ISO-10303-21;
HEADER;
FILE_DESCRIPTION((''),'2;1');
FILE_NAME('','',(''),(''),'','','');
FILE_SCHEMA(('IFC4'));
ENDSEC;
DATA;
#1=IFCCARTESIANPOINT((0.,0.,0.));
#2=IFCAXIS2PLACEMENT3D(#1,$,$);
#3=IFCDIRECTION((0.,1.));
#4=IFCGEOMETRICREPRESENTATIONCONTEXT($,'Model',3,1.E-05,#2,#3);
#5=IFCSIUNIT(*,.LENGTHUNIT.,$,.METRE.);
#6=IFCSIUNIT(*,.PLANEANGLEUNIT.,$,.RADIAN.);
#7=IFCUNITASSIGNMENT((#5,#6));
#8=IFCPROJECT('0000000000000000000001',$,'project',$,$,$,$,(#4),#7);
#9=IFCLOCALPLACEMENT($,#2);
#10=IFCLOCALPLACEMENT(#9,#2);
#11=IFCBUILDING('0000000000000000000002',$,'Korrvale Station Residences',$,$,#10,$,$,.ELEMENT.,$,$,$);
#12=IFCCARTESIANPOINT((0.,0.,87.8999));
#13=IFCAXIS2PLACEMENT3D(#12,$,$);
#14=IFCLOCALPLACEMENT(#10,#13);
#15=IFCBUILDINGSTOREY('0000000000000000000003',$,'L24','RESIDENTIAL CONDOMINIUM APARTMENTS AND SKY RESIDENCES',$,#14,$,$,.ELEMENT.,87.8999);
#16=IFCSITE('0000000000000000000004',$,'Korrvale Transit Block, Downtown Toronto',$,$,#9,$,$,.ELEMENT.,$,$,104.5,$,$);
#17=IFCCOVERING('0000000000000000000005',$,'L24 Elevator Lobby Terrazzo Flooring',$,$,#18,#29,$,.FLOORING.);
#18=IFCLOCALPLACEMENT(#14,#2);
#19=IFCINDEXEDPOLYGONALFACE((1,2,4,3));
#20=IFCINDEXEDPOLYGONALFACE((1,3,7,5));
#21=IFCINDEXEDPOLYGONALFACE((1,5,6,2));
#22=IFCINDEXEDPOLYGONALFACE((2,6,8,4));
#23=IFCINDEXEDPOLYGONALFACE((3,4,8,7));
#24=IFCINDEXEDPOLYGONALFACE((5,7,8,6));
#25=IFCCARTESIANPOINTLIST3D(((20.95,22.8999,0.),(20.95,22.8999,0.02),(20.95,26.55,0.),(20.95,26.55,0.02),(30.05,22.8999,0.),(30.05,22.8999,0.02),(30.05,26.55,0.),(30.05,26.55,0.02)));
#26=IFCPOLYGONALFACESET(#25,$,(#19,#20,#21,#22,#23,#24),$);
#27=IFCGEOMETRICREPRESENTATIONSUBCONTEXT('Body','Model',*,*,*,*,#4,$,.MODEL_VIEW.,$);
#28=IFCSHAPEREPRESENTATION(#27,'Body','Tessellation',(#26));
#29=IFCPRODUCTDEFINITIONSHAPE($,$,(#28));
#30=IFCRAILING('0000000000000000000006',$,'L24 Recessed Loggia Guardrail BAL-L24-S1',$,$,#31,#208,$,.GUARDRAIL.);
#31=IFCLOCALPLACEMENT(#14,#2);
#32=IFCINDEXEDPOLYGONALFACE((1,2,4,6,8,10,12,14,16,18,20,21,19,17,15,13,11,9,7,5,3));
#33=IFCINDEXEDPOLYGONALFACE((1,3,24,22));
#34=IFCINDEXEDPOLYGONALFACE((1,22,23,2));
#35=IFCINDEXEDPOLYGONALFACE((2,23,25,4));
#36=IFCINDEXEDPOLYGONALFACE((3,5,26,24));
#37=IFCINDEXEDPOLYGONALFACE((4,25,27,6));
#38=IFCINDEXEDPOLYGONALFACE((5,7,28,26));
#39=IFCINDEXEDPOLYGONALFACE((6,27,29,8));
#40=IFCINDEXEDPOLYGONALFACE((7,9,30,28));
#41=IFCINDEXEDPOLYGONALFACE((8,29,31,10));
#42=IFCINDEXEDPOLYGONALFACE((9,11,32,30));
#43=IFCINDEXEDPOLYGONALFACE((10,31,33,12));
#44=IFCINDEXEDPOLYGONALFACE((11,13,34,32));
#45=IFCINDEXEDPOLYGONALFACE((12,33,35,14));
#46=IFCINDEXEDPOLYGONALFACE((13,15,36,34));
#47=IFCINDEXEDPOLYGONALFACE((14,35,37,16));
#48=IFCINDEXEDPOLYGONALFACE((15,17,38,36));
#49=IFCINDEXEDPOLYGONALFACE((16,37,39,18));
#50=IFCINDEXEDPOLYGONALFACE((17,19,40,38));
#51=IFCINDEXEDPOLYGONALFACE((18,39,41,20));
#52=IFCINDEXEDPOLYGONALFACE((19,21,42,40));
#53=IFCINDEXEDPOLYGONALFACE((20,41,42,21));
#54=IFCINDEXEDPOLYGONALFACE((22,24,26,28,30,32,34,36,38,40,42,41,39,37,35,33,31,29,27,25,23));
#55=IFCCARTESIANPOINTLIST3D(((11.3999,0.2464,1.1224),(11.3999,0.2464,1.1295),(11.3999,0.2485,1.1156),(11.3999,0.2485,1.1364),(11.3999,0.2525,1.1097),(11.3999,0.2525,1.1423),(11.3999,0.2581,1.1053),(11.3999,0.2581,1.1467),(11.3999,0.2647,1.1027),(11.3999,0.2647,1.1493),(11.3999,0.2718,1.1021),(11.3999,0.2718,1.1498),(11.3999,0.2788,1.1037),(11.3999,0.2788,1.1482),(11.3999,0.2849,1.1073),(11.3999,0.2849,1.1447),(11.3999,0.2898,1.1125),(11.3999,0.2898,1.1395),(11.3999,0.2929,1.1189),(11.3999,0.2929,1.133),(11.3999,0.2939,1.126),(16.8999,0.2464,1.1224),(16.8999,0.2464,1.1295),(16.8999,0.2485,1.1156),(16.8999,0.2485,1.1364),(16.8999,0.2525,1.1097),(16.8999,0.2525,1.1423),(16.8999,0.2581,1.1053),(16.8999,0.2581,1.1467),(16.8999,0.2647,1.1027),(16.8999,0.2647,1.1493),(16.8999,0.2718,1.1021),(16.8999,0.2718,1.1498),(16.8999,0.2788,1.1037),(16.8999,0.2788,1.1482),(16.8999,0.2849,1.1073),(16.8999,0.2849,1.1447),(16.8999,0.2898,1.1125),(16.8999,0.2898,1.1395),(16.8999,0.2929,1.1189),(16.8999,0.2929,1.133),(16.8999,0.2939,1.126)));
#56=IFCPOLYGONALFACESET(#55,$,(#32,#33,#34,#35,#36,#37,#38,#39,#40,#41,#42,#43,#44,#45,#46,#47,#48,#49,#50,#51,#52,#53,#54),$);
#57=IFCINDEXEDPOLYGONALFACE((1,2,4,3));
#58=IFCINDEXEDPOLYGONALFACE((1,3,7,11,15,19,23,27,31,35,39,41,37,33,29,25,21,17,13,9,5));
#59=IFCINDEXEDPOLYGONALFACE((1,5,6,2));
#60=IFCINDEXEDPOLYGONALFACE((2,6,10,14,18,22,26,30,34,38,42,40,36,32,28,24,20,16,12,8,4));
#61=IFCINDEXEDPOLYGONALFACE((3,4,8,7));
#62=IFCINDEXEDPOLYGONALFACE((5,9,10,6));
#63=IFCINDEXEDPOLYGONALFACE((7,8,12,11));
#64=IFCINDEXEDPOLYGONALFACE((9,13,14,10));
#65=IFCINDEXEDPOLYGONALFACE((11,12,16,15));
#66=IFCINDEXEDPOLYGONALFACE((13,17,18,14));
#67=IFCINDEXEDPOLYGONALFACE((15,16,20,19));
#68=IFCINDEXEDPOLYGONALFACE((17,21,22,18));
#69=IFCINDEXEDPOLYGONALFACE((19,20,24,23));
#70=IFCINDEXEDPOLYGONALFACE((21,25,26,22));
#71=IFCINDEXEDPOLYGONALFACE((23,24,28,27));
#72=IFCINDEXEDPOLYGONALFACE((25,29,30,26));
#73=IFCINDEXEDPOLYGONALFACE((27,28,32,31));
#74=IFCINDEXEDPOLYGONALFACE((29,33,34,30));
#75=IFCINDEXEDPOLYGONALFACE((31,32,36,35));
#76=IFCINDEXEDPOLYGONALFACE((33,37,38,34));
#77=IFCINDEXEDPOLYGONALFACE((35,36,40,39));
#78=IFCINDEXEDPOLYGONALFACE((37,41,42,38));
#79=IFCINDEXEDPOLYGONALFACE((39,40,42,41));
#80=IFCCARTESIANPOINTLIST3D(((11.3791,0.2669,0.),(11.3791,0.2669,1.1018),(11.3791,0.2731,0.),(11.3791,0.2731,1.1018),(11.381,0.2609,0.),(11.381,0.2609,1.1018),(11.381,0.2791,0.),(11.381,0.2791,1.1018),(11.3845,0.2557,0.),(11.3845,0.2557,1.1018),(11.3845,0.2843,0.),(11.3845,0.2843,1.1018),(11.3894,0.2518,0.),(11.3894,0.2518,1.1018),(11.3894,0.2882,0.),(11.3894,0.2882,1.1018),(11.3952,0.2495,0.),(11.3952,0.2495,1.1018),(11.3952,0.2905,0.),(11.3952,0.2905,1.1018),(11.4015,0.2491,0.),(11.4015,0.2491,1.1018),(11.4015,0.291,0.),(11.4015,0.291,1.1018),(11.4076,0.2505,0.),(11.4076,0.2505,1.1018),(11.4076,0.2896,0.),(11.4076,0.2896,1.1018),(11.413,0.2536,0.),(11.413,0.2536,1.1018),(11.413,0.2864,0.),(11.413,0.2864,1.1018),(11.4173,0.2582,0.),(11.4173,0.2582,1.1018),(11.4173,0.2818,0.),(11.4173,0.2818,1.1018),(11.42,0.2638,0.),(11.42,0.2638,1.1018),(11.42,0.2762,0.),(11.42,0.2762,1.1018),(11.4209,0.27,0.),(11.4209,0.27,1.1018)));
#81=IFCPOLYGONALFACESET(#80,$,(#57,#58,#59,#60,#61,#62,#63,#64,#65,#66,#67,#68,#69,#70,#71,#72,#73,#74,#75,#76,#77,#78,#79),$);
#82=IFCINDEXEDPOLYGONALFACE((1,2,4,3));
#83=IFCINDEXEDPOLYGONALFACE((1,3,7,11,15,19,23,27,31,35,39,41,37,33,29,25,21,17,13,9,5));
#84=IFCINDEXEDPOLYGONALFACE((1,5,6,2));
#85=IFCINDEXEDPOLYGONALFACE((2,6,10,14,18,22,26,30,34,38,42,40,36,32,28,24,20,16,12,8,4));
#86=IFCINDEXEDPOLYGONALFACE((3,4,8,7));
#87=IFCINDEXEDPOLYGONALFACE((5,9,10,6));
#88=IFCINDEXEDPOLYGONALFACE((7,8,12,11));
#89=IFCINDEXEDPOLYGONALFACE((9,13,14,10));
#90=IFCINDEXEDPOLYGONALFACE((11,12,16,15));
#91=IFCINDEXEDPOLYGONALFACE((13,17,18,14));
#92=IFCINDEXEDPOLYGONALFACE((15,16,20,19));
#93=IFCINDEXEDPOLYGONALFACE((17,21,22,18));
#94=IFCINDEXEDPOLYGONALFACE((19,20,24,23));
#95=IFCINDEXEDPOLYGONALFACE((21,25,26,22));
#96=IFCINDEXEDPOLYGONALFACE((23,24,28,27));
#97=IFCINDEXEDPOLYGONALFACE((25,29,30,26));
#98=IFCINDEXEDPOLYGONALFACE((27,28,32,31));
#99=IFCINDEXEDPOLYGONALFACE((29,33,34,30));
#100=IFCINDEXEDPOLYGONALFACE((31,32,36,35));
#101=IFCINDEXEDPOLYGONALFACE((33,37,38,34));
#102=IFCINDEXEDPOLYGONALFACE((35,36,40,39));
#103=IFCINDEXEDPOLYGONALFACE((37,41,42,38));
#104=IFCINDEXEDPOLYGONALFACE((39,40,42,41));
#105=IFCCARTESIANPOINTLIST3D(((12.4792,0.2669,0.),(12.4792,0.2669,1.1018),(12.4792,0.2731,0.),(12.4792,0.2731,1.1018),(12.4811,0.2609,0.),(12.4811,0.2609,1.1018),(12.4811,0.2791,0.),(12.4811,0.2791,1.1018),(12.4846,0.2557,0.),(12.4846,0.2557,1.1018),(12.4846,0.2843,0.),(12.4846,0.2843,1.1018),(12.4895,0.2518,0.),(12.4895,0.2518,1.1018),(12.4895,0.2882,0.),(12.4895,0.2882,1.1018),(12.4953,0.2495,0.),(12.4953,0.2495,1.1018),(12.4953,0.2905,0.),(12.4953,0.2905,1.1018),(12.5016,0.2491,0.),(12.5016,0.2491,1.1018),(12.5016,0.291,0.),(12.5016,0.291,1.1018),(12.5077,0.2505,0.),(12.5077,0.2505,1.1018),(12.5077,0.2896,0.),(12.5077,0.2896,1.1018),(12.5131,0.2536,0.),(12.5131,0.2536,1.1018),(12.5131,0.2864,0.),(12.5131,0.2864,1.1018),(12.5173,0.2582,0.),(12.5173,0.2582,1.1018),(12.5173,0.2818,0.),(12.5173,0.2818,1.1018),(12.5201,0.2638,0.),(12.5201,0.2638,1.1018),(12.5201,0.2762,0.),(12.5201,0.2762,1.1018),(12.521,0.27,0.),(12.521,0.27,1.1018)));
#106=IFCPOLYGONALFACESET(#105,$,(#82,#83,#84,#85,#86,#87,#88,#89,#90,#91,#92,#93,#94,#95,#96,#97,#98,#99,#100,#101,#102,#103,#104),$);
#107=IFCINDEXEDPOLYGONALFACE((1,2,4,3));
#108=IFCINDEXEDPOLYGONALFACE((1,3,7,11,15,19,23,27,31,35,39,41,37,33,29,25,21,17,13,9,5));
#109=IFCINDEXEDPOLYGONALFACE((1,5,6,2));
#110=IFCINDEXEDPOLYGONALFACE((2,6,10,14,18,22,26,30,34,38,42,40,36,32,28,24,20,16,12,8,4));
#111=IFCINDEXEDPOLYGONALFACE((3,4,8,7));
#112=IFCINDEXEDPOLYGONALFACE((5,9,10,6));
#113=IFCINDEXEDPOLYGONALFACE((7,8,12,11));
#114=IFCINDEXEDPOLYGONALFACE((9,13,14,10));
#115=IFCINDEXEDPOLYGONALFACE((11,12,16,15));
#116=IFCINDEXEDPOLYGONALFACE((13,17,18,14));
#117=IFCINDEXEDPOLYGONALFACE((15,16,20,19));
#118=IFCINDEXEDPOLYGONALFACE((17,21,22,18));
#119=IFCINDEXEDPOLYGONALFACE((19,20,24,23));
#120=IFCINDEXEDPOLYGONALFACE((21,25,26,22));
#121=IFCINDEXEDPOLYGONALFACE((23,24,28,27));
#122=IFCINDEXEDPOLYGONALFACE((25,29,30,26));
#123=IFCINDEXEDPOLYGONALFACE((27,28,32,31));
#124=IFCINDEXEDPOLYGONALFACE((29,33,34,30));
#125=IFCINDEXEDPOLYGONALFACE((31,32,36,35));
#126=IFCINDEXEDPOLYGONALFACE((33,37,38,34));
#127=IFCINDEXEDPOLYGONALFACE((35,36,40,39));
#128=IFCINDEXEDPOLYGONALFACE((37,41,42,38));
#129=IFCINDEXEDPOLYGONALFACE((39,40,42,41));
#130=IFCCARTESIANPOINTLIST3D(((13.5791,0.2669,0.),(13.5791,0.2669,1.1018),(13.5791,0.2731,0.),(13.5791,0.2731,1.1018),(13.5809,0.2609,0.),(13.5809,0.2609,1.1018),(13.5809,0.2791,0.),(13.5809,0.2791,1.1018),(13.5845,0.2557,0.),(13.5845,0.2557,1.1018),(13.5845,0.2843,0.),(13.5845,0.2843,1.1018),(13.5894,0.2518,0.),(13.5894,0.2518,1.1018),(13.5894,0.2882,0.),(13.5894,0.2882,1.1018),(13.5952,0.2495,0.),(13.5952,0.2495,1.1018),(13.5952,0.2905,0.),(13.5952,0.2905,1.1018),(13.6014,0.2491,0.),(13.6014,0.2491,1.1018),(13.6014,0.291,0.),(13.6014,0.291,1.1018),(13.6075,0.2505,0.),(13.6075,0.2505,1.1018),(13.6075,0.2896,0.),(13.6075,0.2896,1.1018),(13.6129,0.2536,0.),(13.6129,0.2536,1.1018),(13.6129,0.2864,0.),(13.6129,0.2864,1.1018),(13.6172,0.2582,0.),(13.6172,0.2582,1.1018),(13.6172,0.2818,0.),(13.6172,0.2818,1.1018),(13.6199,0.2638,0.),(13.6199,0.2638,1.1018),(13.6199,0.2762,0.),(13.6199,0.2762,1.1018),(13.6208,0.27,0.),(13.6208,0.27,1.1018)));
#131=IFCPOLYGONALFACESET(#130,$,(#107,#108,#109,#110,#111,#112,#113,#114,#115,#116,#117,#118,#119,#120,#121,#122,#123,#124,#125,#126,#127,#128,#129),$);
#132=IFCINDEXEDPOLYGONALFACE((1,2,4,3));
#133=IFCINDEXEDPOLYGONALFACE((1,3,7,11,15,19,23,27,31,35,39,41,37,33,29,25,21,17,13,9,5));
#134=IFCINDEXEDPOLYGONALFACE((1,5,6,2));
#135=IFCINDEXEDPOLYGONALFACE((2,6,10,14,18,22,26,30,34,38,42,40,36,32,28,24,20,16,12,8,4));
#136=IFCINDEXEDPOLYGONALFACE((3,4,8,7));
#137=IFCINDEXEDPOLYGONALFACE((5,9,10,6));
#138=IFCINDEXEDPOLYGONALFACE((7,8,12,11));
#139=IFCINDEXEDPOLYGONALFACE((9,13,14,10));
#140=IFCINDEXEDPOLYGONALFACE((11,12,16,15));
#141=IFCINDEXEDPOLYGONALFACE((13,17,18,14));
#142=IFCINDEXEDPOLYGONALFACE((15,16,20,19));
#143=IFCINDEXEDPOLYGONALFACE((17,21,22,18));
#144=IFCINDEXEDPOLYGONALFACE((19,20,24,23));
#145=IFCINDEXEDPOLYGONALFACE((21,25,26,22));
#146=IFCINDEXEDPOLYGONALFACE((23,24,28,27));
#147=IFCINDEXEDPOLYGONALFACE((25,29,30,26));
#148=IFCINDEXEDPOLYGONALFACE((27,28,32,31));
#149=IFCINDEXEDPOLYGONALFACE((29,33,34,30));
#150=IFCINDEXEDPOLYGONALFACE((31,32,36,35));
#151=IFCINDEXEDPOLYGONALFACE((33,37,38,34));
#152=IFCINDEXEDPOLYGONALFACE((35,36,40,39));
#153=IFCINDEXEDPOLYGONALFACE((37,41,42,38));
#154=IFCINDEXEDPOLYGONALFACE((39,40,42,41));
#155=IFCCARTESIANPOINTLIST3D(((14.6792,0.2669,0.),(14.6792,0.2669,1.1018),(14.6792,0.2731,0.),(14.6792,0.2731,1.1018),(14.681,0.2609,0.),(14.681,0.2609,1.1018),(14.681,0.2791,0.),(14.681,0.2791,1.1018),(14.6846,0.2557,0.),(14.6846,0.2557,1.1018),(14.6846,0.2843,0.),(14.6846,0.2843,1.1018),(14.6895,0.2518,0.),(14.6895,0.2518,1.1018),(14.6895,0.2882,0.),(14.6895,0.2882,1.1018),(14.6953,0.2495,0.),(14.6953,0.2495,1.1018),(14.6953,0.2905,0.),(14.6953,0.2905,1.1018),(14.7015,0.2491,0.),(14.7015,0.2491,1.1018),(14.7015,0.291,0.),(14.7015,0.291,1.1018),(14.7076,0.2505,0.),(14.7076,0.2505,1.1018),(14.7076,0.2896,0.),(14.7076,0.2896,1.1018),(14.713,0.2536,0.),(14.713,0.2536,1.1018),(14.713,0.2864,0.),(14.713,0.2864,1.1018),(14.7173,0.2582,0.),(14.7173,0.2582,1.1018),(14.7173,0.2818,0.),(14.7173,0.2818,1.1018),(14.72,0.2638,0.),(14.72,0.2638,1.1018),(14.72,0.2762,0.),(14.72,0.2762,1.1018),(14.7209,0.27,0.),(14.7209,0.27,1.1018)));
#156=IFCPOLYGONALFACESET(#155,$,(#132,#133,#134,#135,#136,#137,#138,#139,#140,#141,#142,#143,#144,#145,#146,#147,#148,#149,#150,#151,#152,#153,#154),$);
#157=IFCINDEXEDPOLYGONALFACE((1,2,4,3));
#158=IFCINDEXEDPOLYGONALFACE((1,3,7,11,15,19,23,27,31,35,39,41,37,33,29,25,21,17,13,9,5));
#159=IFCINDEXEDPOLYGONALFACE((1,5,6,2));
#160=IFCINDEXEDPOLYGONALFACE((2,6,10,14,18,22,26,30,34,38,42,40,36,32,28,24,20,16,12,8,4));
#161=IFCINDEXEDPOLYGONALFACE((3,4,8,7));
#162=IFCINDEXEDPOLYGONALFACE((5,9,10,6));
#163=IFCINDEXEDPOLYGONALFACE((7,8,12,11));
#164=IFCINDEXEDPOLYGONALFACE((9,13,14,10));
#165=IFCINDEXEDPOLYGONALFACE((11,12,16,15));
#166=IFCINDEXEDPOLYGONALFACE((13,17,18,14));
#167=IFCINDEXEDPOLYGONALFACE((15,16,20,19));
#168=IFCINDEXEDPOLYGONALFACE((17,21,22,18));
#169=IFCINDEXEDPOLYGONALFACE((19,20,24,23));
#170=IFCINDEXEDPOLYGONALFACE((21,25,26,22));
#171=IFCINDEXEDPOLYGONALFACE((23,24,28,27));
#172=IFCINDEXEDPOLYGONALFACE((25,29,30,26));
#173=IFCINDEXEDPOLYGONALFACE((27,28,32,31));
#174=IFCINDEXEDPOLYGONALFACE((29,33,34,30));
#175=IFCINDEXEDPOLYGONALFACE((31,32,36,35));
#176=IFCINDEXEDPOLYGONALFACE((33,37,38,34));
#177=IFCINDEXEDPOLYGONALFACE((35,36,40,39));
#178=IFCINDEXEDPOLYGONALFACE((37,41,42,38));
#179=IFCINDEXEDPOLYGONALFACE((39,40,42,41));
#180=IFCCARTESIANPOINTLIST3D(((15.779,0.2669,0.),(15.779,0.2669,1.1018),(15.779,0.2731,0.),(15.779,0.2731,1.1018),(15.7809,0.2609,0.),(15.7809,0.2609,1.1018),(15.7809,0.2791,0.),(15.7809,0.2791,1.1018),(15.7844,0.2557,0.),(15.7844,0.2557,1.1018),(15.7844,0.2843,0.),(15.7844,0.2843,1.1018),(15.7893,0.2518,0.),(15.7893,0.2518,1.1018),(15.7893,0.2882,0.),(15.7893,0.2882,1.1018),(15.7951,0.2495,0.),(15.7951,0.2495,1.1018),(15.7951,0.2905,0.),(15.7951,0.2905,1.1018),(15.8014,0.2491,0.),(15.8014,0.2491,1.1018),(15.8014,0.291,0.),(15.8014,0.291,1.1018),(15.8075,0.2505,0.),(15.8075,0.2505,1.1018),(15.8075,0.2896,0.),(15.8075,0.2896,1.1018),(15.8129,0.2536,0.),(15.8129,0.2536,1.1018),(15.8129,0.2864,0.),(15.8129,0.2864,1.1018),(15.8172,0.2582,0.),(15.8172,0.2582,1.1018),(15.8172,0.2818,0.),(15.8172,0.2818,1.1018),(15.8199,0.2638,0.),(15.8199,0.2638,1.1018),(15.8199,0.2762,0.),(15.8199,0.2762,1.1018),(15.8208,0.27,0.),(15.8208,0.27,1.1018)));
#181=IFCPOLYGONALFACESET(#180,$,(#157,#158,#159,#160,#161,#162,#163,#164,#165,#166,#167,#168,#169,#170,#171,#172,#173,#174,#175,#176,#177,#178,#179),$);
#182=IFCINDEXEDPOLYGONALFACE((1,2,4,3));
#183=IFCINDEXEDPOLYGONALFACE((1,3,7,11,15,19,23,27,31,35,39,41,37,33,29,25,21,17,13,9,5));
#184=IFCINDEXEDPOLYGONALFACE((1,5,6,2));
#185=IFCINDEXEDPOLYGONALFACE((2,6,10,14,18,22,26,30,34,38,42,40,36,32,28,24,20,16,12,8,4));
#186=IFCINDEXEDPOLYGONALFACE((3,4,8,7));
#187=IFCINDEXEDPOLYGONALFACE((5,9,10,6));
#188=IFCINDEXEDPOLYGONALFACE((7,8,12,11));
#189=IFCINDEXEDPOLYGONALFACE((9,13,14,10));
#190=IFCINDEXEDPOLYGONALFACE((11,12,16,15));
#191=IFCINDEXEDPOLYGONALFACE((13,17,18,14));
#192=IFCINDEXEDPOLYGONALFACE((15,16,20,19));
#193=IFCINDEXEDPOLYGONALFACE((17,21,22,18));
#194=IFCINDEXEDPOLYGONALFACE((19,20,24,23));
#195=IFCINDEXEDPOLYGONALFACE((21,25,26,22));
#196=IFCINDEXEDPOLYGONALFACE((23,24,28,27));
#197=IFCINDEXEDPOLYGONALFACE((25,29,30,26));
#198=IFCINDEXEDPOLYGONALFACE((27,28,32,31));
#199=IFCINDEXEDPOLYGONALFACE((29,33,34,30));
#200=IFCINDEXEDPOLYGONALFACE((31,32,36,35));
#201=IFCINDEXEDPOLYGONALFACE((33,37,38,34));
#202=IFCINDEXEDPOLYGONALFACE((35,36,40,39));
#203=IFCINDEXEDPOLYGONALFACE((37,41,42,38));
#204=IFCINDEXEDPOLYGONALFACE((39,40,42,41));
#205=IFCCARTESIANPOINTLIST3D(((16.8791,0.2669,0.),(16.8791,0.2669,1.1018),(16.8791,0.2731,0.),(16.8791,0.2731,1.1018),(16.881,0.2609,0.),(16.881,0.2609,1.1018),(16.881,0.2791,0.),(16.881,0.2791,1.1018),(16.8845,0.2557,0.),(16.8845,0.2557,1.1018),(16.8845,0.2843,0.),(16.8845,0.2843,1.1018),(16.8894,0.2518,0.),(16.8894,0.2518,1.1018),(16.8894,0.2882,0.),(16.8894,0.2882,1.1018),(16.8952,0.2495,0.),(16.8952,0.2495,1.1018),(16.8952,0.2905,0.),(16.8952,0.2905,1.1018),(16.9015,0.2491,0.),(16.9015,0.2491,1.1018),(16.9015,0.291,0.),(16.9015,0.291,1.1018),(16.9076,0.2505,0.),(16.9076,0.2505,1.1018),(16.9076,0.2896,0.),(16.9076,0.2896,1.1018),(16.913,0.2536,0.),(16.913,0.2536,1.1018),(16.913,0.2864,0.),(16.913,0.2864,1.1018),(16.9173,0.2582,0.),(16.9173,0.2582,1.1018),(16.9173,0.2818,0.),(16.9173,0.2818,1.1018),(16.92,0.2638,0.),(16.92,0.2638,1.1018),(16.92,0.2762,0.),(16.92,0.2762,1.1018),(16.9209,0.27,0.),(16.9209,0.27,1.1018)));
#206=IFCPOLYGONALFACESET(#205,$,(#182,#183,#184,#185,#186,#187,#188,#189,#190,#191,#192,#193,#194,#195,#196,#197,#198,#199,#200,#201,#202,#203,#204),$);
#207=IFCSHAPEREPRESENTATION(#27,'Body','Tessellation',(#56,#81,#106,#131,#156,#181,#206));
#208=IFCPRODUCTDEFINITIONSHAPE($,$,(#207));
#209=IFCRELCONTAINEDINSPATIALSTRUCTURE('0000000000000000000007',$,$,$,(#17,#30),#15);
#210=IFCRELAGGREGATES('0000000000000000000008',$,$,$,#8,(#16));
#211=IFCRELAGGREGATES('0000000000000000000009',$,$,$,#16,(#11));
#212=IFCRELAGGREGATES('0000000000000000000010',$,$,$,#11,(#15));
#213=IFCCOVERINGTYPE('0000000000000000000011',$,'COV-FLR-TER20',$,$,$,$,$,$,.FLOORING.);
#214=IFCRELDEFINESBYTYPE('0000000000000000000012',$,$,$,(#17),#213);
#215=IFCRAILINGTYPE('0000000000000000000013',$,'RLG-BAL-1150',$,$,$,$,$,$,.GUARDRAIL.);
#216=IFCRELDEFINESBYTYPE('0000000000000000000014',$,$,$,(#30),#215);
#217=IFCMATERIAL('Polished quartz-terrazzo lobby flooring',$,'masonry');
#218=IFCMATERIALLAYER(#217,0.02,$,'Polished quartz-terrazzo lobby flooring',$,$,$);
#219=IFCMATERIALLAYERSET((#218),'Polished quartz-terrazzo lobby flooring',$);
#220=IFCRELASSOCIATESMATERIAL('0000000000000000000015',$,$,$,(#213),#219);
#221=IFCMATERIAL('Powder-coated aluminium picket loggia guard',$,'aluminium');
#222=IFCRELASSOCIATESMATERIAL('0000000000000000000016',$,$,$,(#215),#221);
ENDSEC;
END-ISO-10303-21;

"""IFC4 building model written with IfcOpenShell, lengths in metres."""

from ifc_helpers import new_model, si_unit, direction, frame, origin, origin_2d, place, context, subcontext, project, spatial, polyline, circle, outline, extrude, material, layer, layer_set, type_object, element, save


model = new_model("IFC4")

# Units and contexts
model_context = context("Model", 3, precision=1e-05, world=origin(), true_north=direction((0.0, 1.0)))
body_context = subcontext(model_context, "Body", "Model", "MODEL_VIEW")
ifc_project = project(units=[si_unit("LENGTHUNIT", "METRE"), si_unit("PLANEANGLEUNIT", "RADIAN")], contexts=[model_context])

# Site, building, storey
site_placement = place(None, origin())
site = spatial("IfcSite", under=ifc_project, at=site_placement, Name="Korrvale Transit Block, Downtown Toronto", CompositionType="ELEMENT", RefElevation=104.5)
building_placement = place(site_placement, origin())
building = spatial("IfcBuilding", under=site, at=building_placement, Name="Korrvale Station Residences", CompositionType="ELEMENT")
storey_placement = place(building_placement, frame((0.0, 0.0, 87.8999)))
storey = spatial("IfcBuildingStorey", under=building, at=storey_placement, Name="L24", Description="RESIDENTIAL CONDOMINIUM APARTMENTS AND SKY RESIDENCES", CompositionType="ELEMENT", Elevation=87.8999)

# Covering
ifc_material_1 = material(Name="Polished quartz-terrazzo lobby flooring", Category="masonry")
ifc_layer_1 = layer(ifc_material_1, 0.02, Name="Polished quartz-terrazzo lobby flooring")
ifc_layer_set_1 = layer_set([ifc_layer_1], Name="Polished quartz-terrazzo lobby flooring")
covering_type_1 = type_object("IfcCoveringType", Name="COV-FLR-TER20", PredefinedType="FLOORING", material=ifc_layer_set_1)
covering_1_placement = place(storey_placement, origin())
element("IfcCovering", 1, at=covering_1_placement, inside=storey, type_object=covering_type_1, Name="L24 Elevator Lobby Terrazzo Flooring", PredefinedType="FLOORING", context=body_context, shape_type="SweptSolid", body=[
    extrude(outline(polyline([(20.95, 22.8999), (30.05, 22.8999), (30.05, 26.55), (20.95, 26.55), (20.95, 22.8999)])), origin(), (0.0, 0.0, 1.0), 0.02),
])

# Railing
ifc_material_2 = material(Name="Powder-coated aluminium picket loggia guard", Category="aluminium")
railing_type = type_object("IfcRailingType", Name="RLG-BAL-1150", PredefinedType="GUARDRAIL", material=ifc_material_2)
railing_placement = place(storey_placement, frame((11.3999, 0.27, 0.0)))
element("IfcRailing", 2, at=railing_placement, inside=storey, type_object=railing_type, Name="L24 Recessed Loggia Guardrail BAL-L24-S1", PredefinedType="GUARDRAIL", context=body_context, shape_type="SweptSolid", body=[
    extrude(circle(Radius=0.0239, at=origin_2d()), frame((0.0, 0.0, 1.126), z_axis=(1.0, 0.0, 0.0), x_axis=(0.0, 1.0, 0.0)), (0.0, 0.0, 1.0), 5.5),
    extrude(circle(Radius=0.021, at=origin_2d()), origin(), (0.0, 0.0, 1.0), 1.1018),
    extrude(circle(Radius=0.021, at=origin_2d()), frame((1.1001, 0.0, 0.0)), (0.0, 0.0, 1.0), 1.1018),
    extrude(circle(Radius=0.021, at=origin_2d()), frame((2.2, 0.0, 0.0)), (0.0, 0.0, 1.0), 1.1018),
    extrude(circle(Radius=0.021, at=origin_2d()), frame((3.3, 0.0, 0.0)), (0.0, 0.0, 1.0), 1.1018),
    extrude(circle(Radius=0.021, at=origin_2d()), frame((4.3999, 0.0, 0.0)), (0.0, 0.0, 1.0), 1.1018),
    extrude(circle(Radius=0.021, at=origin_2d()), frame((5.5, 0.0, 0.0)), (0.0, 0.0, 1.0), 1.1018),
])

save(model, "model.ifc")
